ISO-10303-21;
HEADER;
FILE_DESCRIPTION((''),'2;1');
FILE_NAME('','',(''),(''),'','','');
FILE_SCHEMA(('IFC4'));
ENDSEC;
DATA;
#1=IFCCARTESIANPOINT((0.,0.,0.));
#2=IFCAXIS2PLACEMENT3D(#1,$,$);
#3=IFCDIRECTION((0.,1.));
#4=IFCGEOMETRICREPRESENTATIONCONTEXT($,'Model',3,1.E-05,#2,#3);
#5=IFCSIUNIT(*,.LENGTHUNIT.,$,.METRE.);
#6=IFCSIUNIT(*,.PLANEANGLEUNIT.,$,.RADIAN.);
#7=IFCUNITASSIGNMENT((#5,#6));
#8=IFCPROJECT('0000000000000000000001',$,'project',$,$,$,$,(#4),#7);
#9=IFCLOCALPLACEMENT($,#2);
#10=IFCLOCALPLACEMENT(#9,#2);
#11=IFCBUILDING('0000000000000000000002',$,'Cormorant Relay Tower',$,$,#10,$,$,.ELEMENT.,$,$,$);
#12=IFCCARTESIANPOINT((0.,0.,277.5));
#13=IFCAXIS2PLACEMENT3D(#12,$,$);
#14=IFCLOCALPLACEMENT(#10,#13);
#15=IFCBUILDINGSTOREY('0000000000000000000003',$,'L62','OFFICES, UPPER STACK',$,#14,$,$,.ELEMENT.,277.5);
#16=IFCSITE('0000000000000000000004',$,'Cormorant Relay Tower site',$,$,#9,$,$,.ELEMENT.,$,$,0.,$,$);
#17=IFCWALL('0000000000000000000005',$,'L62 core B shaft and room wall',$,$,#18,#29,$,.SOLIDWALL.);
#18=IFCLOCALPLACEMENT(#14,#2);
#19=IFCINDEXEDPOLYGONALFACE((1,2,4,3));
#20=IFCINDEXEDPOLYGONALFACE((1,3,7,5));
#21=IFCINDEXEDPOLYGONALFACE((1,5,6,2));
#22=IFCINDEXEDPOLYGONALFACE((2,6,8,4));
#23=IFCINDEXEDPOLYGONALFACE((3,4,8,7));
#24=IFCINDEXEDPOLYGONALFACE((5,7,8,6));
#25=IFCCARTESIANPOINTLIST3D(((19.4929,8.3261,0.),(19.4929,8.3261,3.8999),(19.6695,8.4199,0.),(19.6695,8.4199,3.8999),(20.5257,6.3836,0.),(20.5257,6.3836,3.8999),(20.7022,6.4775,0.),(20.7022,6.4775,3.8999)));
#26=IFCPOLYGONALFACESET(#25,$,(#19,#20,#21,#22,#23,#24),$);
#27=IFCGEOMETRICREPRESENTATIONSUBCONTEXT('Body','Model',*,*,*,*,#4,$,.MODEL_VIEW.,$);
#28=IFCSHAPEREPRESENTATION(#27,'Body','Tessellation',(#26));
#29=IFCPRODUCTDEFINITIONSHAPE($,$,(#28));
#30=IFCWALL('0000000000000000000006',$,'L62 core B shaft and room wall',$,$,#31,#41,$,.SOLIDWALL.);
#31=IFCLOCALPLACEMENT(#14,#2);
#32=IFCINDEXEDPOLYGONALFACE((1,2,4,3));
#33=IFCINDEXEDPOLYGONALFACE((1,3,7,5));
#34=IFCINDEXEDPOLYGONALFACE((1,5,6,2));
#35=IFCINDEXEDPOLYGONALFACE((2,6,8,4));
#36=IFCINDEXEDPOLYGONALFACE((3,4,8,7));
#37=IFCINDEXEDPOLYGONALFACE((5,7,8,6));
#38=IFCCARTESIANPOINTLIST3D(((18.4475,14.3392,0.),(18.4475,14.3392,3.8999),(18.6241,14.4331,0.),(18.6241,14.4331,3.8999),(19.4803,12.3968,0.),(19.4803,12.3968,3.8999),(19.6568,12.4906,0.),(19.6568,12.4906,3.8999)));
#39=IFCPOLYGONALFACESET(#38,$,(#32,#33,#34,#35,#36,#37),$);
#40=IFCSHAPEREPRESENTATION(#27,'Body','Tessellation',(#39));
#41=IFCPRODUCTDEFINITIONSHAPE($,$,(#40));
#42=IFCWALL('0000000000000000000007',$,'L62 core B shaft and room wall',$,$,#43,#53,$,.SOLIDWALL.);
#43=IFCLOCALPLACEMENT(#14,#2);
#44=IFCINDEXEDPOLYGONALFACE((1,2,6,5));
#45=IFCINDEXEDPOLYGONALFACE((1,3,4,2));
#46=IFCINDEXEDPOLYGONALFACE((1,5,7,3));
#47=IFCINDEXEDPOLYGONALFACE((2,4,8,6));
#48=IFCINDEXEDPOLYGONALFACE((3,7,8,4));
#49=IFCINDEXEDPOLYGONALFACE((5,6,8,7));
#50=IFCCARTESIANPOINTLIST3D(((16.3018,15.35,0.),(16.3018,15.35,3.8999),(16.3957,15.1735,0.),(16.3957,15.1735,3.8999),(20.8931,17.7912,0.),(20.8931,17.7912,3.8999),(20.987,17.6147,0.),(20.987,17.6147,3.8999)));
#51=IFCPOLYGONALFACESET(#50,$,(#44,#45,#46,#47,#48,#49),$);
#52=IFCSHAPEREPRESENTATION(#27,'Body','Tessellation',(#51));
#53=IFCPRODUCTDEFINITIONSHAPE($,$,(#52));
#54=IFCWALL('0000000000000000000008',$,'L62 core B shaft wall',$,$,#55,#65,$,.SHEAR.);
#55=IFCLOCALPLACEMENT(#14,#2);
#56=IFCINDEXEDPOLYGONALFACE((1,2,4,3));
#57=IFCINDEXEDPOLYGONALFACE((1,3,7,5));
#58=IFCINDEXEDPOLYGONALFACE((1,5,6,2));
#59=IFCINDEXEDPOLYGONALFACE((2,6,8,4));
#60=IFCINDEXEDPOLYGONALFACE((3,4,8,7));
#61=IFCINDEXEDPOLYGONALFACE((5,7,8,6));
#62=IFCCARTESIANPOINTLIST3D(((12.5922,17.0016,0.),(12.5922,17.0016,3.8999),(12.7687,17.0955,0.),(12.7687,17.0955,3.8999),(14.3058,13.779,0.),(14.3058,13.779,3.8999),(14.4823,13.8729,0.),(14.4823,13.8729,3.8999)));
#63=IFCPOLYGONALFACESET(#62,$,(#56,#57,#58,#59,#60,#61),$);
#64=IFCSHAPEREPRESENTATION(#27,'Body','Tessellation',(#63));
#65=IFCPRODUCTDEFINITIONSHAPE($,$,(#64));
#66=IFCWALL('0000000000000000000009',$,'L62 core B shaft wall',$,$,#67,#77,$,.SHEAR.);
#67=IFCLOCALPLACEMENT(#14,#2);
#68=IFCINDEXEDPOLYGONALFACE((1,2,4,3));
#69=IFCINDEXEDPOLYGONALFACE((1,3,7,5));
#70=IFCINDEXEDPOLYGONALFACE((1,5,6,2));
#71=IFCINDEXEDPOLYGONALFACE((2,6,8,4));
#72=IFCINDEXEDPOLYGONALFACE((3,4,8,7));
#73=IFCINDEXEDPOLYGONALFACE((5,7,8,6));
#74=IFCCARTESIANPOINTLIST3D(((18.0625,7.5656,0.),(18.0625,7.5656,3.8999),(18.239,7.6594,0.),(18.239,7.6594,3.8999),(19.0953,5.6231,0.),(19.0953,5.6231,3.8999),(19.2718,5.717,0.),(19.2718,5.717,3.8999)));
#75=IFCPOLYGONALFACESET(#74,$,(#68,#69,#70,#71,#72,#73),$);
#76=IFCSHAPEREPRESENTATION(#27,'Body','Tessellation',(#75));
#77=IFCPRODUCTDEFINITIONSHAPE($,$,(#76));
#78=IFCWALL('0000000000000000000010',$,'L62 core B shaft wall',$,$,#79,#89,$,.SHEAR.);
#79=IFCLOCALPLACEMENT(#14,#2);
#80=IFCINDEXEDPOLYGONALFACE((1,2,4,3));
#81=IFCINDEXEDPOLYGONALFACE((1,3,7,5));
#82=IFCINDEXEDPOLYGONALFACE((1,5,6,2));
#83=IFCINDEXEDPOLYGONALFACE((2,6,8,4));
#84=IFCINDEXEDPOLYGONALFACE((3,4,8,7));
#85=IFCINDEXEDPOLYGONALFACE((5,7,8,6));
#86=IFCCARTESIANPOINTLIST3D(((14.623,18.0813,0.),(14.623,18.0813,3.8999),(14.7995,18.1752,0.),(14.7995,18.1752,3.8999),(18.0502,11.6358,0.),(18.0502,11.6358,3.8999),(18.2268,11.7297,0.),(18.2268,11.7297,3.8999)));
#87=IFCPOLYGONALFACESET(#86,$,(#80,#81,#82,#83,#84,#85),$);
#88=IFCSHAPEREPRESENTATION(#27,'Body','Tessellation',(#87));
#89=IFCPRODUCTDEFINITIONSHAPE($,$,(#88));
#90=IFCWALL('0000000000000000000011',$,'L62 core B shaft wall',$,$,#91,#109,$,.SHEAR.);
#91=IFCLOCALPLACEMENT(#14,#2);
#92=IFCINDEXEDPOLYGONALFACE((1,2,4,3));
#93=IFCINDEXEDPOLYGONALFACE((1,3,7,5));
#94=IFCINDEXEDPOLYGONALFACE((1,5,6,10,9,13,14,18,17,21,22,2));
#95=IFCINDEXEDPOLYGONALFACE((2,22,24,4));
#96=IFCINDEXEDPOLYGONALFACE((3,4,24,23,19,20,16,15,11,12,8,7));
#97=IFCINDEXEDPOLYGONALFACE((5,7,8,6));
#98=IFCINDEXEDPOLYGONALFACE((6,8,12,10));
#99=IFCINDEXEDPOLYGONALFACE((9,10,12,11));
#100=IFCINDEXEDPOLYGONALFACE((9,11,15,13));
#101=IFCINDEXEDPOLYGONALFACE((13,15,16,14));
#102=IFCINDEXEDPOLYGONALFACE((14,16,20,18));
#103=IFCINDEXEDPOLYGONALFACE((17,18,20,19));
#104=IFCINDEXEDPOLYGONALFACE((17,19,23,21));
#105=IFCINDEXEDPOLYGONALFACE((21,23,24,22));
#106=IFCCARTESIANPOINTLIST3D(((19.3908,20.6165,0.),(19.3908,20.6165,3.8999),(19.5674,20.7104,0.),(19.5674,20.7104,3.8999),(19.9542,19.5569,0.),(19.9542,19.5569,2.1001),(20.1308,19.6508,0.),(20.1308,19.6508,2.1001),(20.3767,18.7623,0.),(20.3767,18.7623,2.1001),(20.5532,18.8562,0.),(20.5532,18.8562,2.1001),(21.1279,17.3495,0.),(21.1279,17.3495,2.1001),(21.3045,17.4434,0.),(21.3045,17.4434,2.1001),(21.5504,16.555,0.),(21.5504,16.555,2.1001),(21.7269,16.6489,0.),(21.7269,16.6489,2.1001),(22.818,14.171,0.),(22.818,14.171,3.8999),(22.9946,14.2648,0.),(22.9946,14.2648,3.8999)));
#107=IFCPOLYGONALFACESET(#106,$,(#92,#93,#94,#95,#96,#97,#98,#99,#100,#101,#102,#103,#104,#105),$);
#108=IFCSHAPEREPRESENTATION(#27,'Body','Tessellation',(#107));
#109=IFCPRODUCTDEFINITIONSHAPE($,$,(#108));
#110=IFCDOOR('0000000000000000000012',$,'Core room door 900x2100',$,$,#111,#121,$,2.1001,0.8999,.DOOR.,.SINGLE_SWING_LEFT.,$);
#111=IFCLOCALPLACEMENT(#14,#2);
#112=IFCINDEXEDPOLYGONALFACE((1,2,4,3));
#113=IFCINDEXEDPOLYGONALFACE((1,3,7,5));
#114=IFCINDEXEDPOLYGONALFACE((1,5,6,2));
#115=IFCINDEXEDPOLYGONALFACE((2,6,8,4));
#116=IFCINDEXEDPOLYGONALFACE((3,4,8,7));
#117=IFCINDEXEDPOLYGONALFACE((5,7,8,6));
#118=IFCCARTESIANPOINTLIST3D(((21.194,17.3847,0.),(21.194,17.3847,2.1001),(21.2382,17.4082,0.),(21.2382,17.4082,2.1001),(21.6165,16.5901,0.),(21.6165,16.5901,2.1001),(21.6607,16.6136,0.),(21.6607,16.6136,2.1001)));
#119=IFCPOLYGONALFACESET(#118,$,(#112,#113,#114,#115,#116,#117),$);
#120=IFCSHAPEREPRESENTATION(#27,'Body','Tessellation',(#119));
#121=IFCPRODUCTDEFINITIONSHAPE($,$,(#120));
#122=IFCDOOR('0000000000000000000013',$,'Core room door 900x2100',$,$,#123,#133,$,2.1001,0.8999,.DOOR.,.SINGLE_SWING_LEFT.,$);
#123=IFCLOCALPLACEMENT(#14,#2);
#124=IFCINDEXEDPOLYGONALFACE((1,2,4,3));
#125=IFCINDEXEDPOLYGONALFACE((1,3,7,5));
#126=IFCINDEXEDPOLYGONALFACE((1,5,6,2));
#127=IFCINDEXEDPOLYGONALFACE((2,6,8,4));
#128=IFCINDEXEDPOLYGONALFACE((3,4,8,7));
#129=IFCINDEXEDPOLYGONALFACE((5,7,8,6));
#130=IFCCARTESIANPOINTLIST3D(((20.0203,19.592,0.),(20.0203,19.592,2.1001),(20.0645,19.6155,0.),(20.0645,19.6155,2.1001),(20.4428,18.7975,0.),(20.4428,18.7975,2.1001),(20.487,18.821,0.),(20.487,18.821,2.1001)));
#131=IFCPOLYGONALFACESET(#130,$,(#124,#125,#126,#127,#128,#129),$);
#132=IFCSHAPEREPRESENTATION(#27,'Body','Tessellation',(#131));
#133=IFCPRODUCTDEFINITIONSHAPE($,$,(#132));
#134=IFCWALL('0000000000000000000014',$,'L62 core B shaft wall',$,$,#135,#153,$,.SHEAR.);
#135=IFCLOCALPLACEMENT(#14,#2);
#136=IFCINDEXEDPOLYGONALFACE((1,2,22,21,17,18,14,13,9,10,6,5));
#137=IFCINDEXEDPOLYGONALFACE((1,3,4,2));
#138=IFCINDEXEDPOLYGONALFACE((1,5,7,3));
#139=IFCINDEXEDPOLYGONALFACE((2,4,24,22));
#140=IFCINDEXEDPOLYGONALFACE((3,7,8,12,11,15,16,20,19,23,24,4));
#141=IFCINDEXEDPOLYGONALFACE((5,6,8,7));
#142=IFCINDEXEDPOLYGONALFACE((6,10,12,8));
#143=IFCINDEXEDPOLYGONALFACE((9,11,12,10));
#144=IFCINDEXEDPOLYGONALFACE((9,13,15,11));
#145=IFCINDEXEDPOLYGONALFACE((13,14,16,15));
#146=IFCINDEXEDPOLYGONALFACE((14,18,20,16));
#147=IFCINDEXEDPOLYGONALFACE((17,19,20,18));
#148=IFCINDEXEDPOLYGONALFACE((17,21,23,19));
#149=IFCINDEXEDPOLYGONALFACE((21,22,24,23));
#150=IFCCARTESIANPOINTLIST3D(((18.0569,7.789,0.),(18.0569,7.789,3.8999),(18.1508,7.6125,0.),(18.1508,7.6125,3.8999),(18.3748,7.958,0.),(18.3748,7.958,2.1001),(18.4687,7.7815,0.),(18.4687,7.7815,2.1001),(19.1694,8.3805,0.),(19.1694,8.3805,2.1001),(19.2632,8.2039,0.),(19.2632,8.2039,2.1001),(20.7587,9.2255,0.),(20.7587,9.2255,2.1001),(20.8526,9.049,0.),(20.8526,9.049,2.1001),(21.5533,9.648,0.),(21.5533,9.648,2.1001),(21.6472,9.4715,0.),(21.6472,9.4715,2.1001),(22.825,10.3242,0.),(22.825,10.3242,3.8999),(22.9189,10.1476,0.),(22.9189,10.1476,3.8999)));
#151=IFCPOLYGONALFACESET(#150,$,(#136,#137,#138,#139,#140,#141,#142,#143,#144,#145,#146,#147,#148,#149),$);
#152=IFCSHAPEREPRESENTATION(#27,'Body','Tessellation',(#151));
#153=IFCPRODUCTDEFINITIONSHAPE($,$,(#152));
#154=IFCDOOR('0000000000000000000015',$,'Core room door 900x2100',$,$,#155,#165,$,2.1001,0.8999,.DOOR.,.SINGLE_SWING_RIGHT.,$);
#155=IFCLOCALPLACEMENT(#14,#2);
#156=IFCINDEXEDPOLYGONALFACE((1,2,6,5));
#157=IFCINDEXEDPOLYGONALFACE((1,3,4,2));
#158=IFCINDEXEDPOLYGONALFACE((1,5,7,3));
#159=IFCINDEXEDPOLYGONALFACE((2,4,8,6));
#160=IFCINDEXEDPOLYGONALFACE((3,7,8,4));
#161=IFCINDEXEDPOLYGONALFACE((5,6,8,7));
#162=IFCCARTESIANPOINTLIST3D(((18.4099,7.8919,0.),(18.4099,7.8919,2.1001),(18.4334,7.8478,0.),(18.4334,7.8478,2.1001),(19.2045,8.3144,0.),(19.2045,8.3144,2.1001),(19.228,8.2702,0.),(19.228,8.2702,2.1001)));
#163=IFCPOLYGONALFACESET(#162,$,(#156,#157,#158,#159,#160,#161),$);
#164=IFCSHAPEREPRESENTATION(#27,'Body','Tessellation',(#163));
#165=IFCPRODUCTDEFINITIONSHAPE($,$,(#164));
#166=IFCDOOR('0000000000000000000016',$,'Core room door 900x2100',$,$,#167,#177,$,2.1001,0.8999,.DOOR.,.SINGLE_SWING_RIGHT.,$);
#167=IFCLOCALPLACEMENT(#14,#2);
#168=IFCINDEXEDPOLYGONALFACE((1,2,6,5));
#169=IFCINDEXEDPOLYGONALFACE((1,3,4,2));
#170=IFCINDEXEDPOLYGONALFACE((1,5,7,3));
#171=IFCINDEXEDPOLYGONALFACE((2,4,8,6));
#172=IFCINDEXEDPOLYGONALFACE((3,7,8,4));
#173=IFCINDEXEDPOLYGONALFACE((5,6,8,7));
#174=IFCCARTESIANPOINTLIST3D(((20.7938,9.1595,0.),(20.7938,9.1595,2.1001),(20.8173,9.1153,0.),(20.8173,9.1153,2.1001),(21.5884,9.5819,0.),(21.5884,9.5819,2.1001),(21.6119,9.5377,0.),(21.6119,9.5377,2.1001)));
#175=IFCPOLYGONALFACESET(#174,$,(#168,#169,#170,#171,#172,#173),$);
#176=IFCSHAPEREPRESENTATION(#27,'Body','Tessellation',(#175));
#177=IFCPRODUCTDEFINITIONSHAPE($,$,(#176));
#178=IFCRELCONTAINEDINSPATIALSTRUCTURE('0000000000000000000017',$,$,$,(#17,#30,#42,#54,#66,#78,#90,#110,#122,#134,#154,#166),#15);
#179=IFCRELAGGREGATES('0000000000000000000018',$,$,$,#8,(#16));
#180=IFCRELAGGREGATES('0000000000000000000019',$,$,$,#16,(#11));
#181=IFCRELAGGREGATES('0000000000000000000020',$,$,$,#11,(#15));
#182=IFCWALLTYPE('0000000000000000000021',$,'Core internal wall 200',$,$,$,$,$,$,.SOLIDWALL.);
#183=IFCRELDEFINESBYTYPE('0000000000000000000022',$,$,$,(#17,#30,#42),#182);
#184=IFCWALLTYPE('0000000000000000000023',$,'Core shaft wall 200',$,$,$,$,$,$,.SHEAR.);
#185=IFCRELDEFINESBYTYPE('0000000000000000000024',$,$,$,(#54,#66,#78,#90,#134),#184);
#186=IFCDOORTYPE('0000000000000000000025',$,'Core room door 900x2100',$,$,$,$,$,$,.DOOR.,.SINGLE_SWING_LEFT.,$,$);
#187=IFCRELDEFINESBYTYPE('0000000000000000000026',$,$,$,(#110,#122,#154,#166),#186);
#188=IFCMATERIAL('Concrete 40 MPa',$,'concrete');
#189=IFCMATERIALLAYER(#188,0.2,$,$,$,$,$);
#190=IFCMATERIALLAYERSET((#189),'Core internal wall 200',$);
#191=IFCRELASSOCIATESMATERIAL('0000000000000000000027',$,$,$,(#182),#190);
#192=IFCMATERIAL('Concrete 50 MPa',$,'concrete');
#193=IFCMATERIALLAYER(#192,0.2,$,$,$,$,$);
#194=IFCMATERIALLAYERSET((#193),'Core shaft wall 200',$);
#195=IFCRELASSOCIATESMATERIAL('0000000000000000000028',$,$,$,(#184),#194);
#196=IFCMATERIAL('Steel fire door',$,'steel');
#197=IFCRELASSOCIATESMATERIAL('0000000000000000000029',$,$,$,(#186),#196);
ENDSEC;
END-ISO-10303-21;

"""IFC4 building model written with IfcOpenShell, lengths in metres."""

from ifc_helpers import new_model, si_unit, direction, frame, frame_2d, origin, place, context, subcontext, project, spatial, rectangle, extrude, material, layer, layer_set, type_object, element, fill, save


model = new_model("IFC4")

# Units and contexts
model_context = context("Model", 3, precision=1e-05, world=origin(), true_north=direction((0.0, 1.0)))
body_context = subcontext(model_context, "Body", "Model", "MODEL_VIEW")
ifc_project = project(units=[si_unit("LENGTHUNIT", "METRE"), si_unit("PLANEANGLEUNIT", "RADIAN")], contexts=[model_context])

# Site, building, storey
site_placement = place(None, origin())
site = spatial("IfcSite", under=ifc_project, at=site_placement, Name="Cormorant Relay Tower site", CompositionType="ELEMENT", RefElevation=0.0)
building_placement = place(site_placement, origin())
building = spatial("IfcBuilding", under=site, at=building_placement, Name="Cormorant Relay Tower", CompositionType="ELEMENT")
storey_placement = place(building_placement, frame((0.0, 0.0, 277.5)))
storey = spatial("IfcBuildingStorey", under=building, at=storey_placement, Name="L62", Description="OFFICES, UPPER STACK", CompositionType="ELEMENT", Elevation=277.5)

# Walls
ifc_material_1 = material(Name="Concrete 40 MPa", Category="concrete")
ifc_layer_1 = layer(ifc_material_1, 0.2)
ifc_layer_set_1 = layer_set([ifc_layer_1], Name="Core internal wall 200")
wall_type_1 = type_object("IfcWallType", Name="Core internal wall 200", PredefinedType="SOLIDWALL", material=ifc_layer_set_1)
for number, where, z_axis, x_axis, name in (
    (1, (20.614, 6.4304, 0.0), (0.0, 0.0, 1.0), (-0.469447, 0.88296, 0.0), "L62 core B shaft and room wall"),
    (2, (19.5686, 12.4436, 0.0), (0.0, 0.0, 1.0), (-0.469447, 0.88296, 0.0), "L62 core B shaft and room wall"),
):
    element("IfcWall", number, at=place(storey_placement, frame(where, z_axis=z_axis, x_axis=x_axis)), inside=storey, type_object=wall_type_1, Name=name, PredefinedType="SOLIDWALL", context=body_context, shape_type="SweptSolid", body=[
        extrude(rectangle(XDim=2.2, YDim=0.2, at=frame_2d((1.1001, 0.0))), origin(), (0.0, 0.0, 1.0), 3.8999),
    ])
wall_1_placement = place(storey_placement, frame((16.3486, 15.2617, 0.0), z_axis=(0.0, 0.0, 1.0), x_axis=(0.882954, 0.46946, 0.0)))
element("IfcWall", 3, at=wall_1_placement, inside=storey, type_object=wall_type_1, Name="L62 core B shaft and room wall", PredefinedType="SOLIDWALL", context=body_context, shape_type="SweptSolid", body=[
    extrude(rectangle(XDim=5.2, YDim=0.2, at=frame_2d((2.6001, 0.0))), origin(), (0.0, 0.0, 1.0), 3.8999),
])
ifc_material_2 = material(Name="Concrete 50 MPa", Category="concrete")
ifc_layer_2 = layer(ifc_material_2, 0.2)
ifc_layer_set_2 = layer_set([ifc_layer_2], Name="Core shaft wall 200")
wall_type_2 = type_object("IfcWallType", Name="Core shaft wall 200", PredefinedType="SHEAR", material=ifc_layer_set_2)
wall_2_placement = place(storey_placement, frame((14.394, 13.8259, 0.0), z_axis=(0.0, 0.0, 1.0), x_axis=(-0.469494, 0.882936, 0.0)))
element("IfcWall", 4, at=wall_2_placement, inside=storey, type_object=wall_type_2, Name="L62 core B shaft wall", PredefinedType="SHEAR", context=body_context, shape_type="SweptSolid", body=[
    extrude(rectangle(XDim=3.6499, YDim=0.2, at=frame_2d((1.825, 0.0))), origin(), (0.0, 0.0, 1.0), 3.8999),
])
wall_3_placement = place(storey_placement, frame((19.1836, 5.6699, 0.0), z_axis=(0.0, 0.0, 1.0), x_axis=(-0.469447, 0.88296, 0.0)))
element("IfcWall", 5, at=wall_3_placement, inside=storey, type_object=wall_type_2, Name="L62 core B shaft wall", PredefinedType="SHEAR", context=body_context, shape_type="SweptSolid", body=[
    extrude(rectangle(XDim=2.2, YDim=0.2, at=frame_2d((1.1001, 0.0))), origin(), (0.0, 0.0, 1.0), 3.8999),
])
wall_4_placement = place(storey_placement, frame((18.1384, 11.6829, 0.0), z_axis=(0.0, 0.0, 1.0), x_axis=(-0.46948, 0.882943, 0.0)))
element("IfcWall", 6, at=wall_4_placement, inside=storey, type_object=wall_type_2, Name="L62 core B shaft wall", PredefinedType="SHEAR", context=body_context, shape_type="SweptSolid", body=[
    extrude(rectangle(XDim=7.3, YDim=0.2, at=frame_2d((3.6499, 0.0))), origin(), (0.0, 0.0, 1.0), 3.8999),
])

# Walls, openings, doors
wall_5_placement = place(storey_placement, frame((22.9062, 14.218, 0.0), z_axis=(0.0, 0.0, 1.0), x_axis=(-0.46948, 0.882943, 0.0)))
wall_5 = element("IfcWall", 7, at=wall_5_placement, inside=storey, type_object=wall_type_2, Name="L62 core B shaft wall", PredefinedType="SHEAR", context=body_context, shape_type="SweptSolid", body=[
    extrude(rectangle(XDim=7.3, YDim=0.2, at=frame_2d((3.6499, 0.0))), origin(), (0.0, 0.0, 1.0), 3.8999),
])
opening_1_placement = place(wall_5_placement, frame((2.7, 0.0, 0.0)))
opening_1 = element("IfcOpeningElement", 8, at=opening_1_placement, cuts=wall_5, PredefinedType="OPENING", context=body_context, shape_type="SweptSolid", body=[
    extrude(rectangle(XDim=0.8999, YDim=2.1001, at=frame_2d((0.45, 1.05))), frame((0.0, 0.1099, 0.0), z_axis=(0.0, -1.0, 0.0), x_axis=(1.0, 0.0, 0.0)), (0.0, 0.0, 1.0), 0.22),
])
opening_2_placement = place(wall_5_placement, frame((5.2, 0.0, 0.0)))
opening_2 = element("IfcOpeningElement", 9, at=opening_2_placement, cuts=wall_5, PredefinedType="OPENING", context=body_context, shape_type="SweptSolid", body=[
    extrude(rectangle(XDim=0.8999, YDim=2.1001, at=frame_2d((0.45, 1.05))), frame((0.0, 0.1099, 0.0), z_axis=(0.0, -1.0, 0.0), x_axis=(1.0, 0.0, 0.0)), (0.0, 0.0, 1.0), 0.22),
])
ifc_material_3 = material(Name="Steel fire door", Category="steel")
door_type = type_object("IfcDoorType", Name="Core room door 900x2100", OperationType="SINGLE_SWING_LEFT", PredefinedType="DOOR", material=ifc_material_3)
door_1_placement = place(opening_1_placement, frame((0.8999, 0.0, 0.0), z_axis=(0.0, 0.0, 1.0), x_axis=(-1.0, 0.0, 0.0)))
door_1 = element("IfcDoor", 10, at=door_1_placement, inside=storey, type_object=door_type, Name="Core room door 900x2100", OperationType="SINGLE_SWING_LEFT", OverallHeight=2.1001, OverallWidth=0.8999, PredefinedType="DOOR", context=body_context, shape_type="SweptSolid", body=[
    extrude(rectangle(XDim=0.8999, YDim=2.1001, at=frame_2d((0.45, 1.05))), frame((0.0, 0.0249, 0.0), z_axis=(0.0, -1.0, 0.0), x_axis=(1.0, 0.0, 0.0)), (0.0, 0.0, 1.0), 0.05),
])
fill(opening_1, door_1)
door_2_placement = place(opening_2_placement, frame((0.8999, 0.0, 0.0), z_axis=(0.0, 0.0, 1.0), x_axis=(-1.0, 0.0, 0.0)))
door_2 = element("IfcDoor", 11, at=door_2_placement, inside=storey, type_object=door_type, Name="Core room door 900x2100", OperationType="SINGLE_SWING_LEFT", OverallHeight=2.1001, OverallWidth=0.8999, PredefinedType="DOOR", context=body_context, shape_type="SweptSolid", body=[
    extrude(rectangle(XDim=0.8999, YDim=2.1001, at=frame_2d((0.45, 1.05))), frame((0.0, 0.0249, 0.0), z_axis=(0.0, -1.0, 0.0), x_axis=(1.0, 0.0, 0.0)), (0.0, 0.0, 1.0), 0.05),
])
fill(opening_2, door_2)
wall_6_placement = place(storey_placement, frame((18.1038, 7.7007, 0.0), z_axis=(0.0, 0.0, 1.0), x_axis=(0.882953, 0.469462, 0.0)))
wall_6 = element("IfcWall", 12, at=wall_6_placement, inside=storey, type_object=wall_type_2, Name="L62 core B shaft wall", PredefinedType="SHEAR", context=body_context, shape_type="SweptSolid", body=[
    extrude(rectangle(XDim=5.4001, YDim=0.2, at=frame_2d((2.7002, 0.0))), origin(), (0.0, 0.0, 1.0), 3.8999),
])
opening_3_placement = place(wall_6_placement, frame((0.3601, 0.0, 0.0)))
opening_3 = element("IfcOpeningElement", 13, at=opening_3_placement, cuts=wall_6, PredefinedType="OPENING", context=body_context, shape_type="SweptSolid", body=[
    extrude(rectangle(XDim=0.8999, YDim=2.1001, at=frame_2d((0.45, 1.05))), frame((0.0, 0.1099, 0.0), z_axis=(0.0, -1.0, 0.0), x_axis=(1.0, 0.0, 0.0)), (0.0, 0.0, 1.0), 0.22),
])
opening_4_placement = place(wall_6_placement, frame((3.0601, 0.0, 0.0)))
opening_4 = element("IfcOpeningElement", 14, at=opening_4_placement, cuts=wall_6, PredefinedType="OPENING", context=body_context, shape_type="SweptSolid", body=[
    extrude(rectangle(XDim=0.8999, YDim=2.1001, at=frame_2d((0.45, 1.05))), frame((0.0, 0.1099, 0.0), z_axis=(0.0, -1.0, 0.0), x_axis=(1.0, 0.0, 0.0)), (0.0, 0.0, 1.0), 0.22),
])
door_3_placement = place(opening_3_placement, frame((0.8999, 0.0, 0.0), z_axis=(0.0, 0.0, 1.0), x_axis=(-1.0, 0.0, 0.0)))
door_3 = element("IfcDoor", 15, at=door_3_placement, inside=storey, type_object=door_type, Name="Core room door 900x2100", OperationType="SINGLE_SWING_RIGHT", OverallHeight=2.1001, OverallWidth=0.8999, PredefinedType="DOOR", context=body_context, shape_type="SweptSolid", body=[
    extrude(rectangle(XDim=0.8999, YDim=2.1001, at=frame_2d((0.45, 1.05))), frame((0.0, 0.0249, 0.0), z_axis=(0.0, -1.0, 0.0), x_axis=(1.0, 0.0, 0.0)), (0.0, 0.0, 1.0), 0.05),
])
fill(opening_3, door_3)
door_4_placement = place(opening_4_placement, frame((0.8999, 0.0, 0.0), z_axis=(0.0, 0.0, 1.0), x_axis=(-1.0, 0.0, 0.0)))
door_4 = element("IfcDoor", 16, at=door_4_placement, inside=storey, type_object=door_type, Name="Core room door 900x2100", OperationType="SINGLE_SWING_RIGHT", OverallHeight=2.1001, OverallWidth=0.8999, PredefinedType="DOOR", context=body_context, shape_type="SweptSolid", body=[
    extrude(rectangle(XDim=0.8999, YDim=2.1001, at=frame_2d((0.45, 1.05))), frame((0.0, 0.0249, 0.0), z_axis=(0.0, -1.0, 0.0), x_axis=(1.0, 0.0, 0.0)), (0.0, 0.0, 1.0), 0.05),
])
fill(opening_4, door_4)

save(model, "model.ifc")
